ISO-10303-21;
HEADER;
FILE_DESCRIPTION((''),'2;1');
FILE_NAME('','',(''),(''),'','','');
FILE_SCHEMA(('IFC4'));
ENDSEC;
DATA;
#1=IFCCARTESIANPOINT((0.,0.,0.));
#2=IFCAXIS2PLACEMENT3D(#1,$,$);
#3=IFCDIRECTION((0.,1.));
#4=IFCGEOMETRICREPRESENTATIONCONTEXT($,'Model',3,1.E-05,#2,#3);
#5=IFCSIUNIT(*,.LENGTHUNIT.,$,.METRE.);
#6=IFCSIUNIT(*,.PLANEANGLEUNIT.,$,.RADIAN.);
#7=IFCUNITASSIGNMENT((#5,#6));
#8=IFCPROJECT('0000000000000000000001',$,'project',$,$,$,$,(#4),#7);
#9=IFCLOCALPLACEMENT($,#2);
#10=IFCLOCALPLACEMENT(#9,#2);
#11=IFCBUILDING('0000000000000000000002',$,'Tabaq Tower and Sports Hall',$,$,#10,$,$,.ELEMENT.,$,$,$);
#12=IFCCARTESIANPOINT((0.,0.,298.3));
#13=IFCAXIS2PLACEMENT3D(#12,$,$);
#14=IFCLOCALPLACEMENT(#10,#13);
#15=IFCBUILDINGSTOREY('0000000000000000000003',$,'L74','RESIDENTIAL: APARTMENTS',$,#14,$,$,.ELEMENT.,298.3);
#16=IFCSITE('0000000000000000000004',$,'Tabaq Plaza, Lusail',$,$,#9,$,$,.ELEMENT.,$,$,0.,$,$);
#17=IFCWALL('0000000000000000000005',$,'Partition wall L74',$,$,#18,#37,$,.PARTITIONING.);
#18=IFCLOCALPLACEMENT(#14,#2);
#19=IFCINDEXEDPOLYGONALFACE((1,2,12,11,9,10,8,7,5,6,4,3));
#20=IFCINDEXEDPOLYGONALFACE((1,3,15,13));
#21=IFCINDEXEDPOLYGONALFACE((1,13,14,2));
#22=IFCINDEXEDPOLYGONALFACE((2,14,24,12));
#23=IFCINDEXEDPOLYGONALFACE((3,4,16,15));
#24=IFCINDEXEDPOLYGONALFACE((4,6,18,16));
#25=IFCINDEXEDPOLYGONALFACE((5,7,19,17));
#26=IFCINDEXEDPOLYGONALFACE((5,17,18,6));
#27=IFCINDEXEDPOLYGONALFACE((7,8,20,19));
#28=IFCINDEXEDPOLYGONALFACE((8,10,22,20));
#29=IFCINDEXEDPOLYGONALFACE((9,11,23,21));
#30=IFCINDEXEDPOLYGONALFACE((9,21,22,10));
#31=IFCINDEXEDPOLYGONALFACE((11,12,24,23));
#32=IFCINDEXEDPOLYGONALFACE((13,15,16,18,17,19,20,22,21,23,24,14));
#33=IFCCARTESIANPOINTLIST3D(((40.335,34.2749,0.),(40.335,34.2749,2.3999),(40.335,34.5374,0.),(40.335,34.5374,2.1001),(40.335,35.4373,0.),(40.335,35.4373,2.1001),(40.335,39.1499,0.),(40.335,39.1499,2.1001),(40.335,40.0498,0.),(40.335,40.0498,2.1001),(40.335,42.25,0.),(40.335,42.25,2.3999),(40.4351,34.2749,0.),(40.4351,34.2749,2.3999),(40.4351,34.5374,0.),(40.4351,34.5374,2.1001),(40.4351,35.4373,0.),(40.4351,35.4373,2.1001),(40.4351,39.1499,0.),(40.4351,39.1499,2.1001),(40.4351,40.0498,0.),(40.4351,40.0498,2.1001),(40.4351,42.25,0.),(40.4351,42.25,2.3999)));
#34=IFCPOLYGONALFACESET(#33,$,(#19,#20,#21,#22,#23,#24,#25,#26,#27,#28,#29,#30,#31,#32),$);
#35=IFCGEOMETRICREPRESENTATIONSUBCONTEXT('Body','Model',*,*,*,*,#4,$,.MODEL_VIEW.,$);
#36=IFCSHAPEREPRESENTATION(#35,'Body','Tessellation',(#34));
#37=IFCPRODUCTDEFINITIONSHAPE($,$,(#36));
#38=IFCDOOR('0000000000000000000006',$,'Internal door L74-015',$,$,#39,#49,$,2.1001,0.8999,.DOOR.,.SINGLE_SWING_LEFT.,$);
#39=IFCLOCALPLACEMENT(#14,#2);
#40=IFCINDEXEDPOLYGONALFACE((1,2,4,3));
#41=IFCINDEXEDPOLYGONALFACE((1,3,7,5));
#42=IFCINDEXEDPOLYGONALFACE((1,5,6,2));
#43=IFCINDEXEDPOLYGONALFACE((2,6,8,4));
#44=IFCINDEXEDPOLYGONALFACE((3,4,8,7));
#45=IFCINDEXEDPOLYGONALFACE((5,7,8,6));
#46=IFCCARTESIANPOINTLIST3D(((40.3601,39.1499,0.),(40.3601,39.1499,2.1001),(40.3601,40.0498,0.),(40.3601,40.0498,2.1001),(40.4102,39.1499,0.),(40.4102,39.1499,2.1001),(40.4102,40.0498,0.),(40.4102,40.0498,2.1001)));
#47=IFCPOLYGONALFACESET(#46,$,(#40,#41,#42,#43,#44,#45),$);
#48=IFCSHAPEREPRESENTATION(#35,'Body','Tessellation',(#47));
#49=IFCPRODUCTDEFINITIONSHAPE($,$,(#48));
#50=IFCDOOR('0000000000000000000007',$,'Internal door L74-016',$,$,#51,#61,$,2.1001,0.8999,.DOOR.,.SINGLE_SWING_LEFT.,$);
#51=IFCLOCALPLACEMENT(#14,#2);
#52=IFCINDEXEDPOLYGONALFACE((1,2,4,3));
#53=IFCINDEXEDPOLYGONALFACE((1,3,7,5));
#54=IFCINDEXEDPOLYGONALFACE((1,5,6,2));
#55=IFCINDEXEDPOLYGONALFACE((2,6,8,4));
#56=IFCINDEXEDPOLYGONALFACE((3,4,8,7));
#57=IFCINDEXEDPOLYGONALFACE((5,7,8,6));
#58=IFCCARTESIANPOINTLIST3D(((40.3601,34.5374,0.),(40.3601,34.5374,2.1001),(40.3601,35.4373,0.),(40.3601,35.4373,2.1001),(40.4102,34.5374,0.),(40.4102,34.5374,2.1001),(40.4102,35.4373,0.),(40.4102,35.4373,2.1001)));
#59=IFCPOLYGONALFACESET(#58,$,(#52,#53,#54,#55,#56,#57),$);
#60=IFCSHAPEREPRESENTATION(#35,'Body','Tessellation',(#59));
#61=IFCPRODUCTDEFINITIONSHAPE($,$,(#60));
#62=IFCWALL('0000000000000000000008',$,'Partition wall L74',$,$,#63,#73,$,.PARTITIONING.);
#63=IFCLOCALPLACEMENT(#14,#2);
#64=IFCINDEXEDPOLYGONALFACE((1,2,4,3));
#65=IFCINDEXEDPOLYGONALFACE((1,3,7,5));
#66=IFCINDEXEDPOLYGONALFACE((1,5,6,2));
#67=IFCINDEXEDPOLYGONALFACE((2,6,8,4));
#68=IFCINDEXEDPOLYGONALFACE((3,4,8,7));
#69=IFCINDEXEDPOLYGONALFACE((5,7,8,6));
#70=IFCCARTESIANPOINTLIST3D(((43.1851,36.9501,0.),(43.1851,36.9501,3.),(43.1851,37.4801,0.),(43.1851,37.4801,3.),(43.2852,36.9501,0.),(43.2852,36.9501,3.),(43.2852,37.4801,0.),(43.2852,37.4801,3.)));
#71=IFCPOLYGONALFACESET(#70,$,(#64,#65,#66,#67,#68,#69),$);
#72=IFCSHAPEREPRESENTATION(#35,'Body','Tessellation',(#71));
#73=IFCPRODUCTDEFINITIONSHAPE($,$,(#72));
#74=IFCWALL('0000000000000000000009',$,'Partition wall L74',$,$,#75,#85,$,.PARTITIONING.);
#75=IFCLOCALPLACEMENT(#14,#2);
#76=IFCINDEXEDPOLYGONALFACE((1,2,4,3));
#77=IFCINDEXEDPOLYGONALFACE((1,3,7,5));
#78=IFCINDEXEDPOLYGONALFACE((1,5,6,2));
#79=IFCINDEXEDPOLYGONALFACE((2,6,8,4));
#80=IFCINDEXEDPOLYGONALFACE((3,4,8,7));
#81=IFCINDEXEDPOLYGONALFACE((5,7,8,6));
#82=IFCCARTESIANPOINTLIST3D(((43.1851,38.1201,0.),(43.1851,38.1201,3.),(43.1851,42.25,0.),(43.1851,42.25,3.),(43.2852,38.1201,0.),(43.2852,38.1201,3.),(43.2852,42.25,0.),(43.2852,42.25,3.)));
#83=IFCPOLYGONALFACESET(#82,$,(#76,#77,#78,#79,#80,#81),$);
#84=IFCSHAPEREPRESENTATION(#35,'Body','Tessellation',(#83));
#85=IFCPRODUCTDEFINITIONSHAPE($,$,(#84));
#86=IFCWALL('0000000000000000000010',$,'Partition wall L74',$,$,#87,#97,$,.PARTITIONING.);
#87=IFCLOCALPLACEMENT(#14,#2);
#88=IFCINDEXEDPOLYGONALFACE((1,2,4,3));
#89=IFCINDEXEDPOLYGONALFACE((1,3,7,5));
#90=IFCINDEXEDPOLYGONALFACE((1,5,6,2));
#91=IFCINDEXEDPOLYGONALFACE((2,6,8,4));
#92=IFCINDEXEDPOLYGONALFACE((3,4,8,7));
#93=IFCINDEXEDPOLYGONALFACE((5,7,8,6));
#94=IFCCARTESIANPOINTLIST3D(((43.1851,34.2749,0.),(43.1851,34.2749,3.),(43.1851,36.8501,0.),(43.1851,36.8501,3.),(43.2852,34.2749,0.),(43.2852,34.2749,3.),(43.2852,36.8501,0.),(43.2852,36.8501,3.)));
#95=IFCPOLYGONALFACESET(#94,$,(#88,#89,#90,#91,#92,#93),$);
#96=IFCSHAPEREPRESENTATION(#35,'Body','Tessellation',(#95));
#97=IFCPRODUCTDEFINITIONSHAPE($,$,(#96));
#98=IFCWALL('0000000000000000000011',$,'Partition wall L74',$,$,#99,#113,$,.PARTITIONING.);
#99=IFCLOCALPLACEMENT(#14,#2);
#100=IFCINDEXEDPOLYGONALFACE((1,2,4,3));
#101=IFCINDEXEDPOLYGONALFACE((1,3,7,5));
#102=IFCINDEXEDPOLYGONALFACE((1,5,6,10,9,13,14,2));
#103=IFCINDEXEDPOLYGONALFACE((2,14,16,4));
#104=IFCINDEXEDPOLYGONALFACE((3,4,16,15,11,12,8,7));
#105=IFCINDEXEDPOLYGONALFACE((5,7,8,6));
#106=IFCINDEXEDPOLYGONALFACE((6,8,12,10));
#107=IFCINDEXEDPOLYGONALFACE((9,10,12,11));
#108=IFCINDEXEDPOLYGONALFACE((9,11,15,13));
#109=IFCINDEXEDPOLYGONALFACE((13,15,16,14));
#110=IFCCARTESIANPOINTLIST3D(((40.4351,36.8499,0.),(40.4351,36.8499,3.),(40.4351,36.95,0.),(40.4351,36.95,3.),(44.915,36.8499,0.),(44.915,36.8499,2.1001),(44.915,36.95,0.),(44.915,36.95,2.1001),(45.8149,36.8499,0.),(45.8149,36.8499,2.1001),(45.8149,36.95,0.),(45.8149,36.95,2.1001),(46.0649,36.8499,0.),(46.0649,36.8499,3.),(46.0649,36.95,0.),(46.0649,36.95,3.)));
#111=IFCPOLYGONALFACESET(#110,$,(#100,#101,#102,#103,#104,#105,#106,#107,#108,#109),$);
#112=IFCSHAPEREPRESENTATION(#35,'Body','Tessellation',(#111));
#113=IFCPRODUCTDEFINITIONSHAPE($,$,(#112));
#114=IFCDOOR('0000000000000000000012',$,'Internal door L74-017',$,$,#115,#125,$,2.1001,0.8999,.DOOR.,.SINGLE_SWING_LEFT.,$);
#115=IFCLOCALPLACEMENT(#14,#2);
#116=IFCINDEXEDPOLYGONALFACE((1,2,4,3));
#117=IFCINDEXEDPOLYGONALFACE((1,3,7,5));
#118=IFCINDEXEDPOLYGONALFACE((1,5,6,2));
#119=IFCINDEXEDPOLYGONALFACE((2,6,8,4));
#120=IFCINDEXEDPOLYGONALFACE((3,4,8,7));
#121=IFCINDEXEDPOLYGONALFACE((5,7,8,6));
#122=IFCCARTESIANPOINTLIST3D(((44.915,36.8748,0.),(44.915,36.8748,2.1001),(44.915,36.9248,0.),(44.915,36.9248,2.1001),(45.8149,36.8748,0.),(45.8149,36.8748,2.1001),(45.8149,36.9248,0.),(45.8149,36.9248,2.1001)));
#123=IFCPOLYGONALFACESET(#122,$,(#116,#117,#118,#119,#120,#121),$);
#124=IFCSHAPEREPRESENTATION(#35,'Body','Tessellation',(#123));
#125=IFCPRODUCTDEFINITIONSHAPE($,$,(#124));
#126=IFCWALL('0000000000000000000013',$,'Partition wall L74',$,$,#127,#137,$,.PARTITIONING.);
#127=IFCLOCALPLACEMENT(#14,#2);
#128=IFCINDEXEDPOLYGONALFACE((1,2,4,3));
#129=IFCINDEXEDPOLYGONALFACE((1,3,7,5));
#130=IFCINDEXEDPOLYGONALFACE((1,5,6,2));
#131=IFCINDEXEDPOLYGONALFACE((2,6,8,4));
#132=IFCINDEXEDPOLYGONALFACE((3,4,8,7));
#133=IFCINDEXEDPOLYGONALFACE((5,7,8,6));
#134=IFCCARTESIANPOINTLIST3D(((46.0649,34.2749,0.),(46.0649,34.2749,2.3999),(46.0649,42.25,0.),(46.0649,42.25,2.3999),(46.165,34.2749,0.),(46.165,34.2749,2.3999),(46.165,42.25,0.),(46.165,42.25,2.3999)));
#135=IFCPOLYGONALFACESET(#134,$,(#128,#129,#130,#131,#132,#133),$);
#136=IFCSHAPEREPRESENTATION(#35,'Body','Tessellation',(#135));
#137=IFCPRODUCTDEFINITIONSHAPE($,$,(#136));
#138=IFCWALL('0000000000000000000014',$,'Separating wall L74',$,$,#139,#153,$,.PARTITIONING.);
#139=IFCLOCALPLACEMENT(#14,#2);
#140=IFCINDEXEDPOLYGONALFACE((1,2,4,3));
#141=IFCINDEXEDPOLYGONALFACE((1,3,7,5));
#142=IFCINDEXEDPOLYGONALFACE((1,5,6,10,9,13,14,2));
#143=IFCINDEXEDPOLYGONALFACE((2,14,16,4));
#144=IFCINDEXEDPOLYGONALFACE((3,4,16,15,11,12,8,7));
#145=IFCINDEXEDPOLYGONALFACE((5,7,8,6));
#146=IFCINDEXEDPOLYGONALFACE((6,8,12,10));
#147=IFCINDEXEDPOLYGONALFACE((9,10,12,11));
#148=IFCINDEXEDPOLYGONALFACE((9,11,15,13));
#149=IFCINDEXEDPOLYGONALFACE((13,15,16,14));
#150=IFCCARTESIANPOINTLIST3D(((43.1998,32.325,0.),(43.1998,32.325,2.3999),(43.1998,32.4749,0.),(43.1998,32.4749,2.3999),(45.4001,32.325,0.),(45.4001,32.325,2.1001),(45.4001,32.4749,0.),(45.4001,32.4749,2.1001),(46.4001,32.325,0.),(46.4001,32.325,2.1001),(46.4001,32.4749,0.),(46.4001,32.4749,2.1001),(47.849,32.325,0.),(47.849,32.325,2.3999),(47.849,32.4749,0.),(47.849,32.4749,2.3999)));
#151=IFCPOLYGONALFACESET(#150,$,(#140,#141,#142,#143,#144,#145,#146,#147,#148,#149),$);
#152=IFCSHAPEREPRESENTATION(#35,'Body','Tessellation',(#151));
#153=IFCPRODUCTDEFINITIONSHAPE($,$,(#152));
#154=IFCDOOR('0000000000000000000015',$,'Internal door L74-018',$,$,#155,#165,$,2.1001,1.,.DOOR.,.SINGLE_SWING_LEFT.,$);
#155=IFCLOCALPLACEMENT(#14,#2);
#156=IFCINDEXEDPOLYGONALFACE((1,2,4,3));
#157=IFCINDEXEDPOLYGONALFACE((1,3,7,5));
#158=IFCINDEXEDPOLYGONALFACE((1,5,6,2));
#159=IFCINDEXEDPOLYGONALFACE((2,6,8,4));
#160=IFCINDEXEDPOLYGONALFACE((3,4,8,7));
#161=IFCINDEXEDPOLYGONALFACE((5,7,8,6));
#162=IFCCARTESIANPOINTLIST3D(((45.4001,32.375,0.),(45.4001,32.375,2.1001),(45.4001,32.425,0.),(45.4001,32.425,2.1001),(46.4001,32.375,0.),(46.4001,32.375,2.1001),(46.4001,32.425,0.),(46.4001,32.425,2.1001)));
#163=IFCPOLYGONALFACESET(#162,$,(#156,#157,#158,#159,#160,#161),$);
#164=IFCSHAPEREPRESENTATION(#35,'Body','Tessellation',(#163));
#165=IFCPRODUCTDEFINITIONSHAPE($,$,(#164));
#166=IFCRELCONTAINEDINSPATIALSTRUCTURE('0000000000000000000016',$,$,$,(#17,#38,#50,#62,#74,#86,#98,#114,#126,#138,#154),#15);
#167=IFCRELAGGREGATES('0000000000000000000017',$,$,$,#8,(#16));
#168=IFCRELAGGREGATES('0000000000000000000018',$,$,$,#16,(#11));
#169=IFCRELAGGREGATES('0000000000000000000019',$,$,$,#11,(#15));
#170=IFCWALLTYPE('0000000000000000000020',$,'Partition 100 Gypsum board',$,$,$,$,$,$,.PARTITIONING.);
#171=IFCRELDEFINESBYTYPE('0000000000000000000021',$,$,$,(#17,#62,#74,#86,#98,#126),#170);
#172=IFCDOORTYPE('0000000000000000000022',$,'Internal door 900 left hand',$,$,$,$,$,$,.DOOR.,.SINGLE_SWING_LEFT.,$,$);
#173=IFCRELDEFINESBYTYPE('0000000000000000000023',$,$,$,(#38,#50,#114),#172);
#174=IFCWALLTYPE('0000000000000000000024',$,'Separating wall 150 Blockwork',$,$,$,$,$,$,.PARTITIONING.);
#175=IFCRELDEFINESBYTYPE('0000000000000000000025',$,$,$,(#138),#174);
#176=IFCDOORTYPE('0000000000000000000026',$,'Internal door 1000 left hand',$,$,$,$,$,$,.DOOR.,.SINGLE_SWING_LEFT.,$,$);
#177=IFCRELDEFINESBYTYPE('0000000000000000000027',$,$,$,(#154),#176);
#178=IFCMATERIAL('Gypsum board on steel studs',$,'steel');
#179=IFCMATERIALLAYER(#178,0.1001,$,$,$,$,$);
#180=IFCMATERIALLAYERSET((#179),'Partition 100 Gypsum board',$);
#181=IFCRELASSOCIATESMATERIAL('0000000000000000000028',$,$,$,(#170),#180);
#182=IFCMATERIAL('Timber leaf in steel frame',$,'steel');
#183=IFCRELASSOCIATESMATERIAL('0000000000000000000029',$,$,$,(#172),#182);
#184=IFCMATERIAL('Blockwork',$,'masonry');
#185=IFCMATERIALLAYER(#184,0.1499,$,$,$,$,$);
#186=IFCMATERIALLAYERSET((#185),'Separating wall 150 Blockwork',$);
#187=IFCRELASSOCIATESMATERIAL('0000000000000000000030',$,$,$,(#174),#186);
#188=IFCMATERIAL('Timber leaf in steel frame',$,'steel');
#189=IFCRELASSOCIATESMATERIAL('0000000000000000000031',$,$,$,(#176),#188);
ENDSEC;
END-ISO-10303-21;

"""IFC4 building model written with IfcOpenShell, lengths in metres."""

from ifc_helpers import new_model, si_unit, direction, frame, frame_2d, origin, place, context, subcontext, project, spatial, rectangle, extrude, material, layer, layer_set, type_object, element, fill, save


model = new_model("IFC4")

# Units and contexts
model_context = context("Model", 3, precision=1e-05, world=origin(), true_north=direction((0.0, 1.0)))
body_context = subcontext(model_context, "Body", "Model", "MODEL_VIEW")
ifc_project = project(units=[si_unit("LENGTHUNIT", "METRE"), si_unit("PLANEANGLEUNIT", "RADIAN")], contexts=[model_context])

# Site, building, storey
site_placement = place(None, origin())
site = spatial("IfcSite", under=ifc_project, at=site_placement, Name="Tabaq Plaza, Lusail", CompositionType="ELEMENT", RefElevation=0.0)
building_placement = place(site_placement, origin())
building = spatial("IfcBuilding", under=site, at=building_placement, Name="Tabaq Tower and Sports Hall", CompositionType="ELEMENT")
storey_placement = place(building_placement, frame((0.0, 0.0, 298.3)))
storey = spatial("IfcBuildingStorey", under=building, at=storey_placement, Name="L74", Description="RESIDENTIAL: APARTMENTS", CompositionType="ELEMENT", Elevation=298.3)

# Shared definitions
ifc_material_1 = material(Name="Gypsum board on steel studs", Category="steel")
ifc_layer_1 = layer(ifc_material_1, 0.1001)
ifc_layer_set_1 = layer_set([ifc_layer_1], Name="Partition 100 Gypsum board")
wall_type_1 = type_object("IfcWallType", Name="Partition 100 Gypsum board", PredefinedType="PARTITIONING", material=ifc_layer_set_1)
ifc_material_2 = material(Name="Timber leaf in steel frame", Category="steel")
door_type_1 = type_object("IfcDoorType", Name="Internal door 900 left hand", OperationType="SINGLE_SWING_LEFT", PredefinedType="DOOR", material=ifc_material_2)

# Wall, openings, doors
wall_1_placement = place(storey_placement, frame((40.385, 34.2749, 0.0), z_axis=(0.0, 0.0, 1.0), x_axis=(0.0, 1.0, 0.0)))
wall_1 = element("IfcWall", 1, at=wall_1_placement, inside=storey, type_object=wall_type_1, Name="Partition wall L74", PredefinedType="PARTITIONING", context=body_context, shape_type="SweptSolid", body=[
    extrude(rectangle(XDim=7.9751, YDim=0.1001, at=frame_2d((3.9875, 0.0))), origin(), (0.0, 0.0, 1.0), 2.3999),
])
opening_1_placement = place(wall_1_placement, frame((4.875, 0.0, 0.0)))
opening_1 = element("IfcOpeningElement", 2, at=opening_1_placement, cuts=wall_1, PredefinedType="OPENING", context=body_context, shape_type="SweptSolid", body=[
    extrude(rectangle(XDim=0.8999, YDim=2.1001, at=frame_2d((0.45, 1.05))), frame((0.0, 0.05, 0.0), z_axis=(0.0, -1.0, 0.0), x_axis=(1.0, 0.0, 0.0)), (0.0, 0.0, 1.0), 0.1001),
])
opening_2_placement = place(wall_1_placement, frame((0.2625, 0.0, 0.0)))
opening_2 = element("IfcOpeningElement", 3, at=opening_2_placement, cuts=wall_1, PredefinedType="OPENING", context=body_context, shape_type="SweptSolid", body=[
    extrude(rectangle(XDim=0.8999, YDim=2.1001, at=frame_2d((0.45, 1.05))), frame((0.0, 0.05, 0.0), z_axis=(0.0, -1.0, 0.0), x_axis=(1.0, 0.0, 0.0)), (0.0, 0.0, 1.0), 0.1001),
])
door_1_placement = place(opening_1_placement, origin())
door_1 = element("IfcDoor", 4, at=door_1_placement, inside=storey, type_object=door_type_1, Name="Internal door L74-015", OperationType="SINGLE_SWING_LEFT", OverallHeight=2.1001, OverallWidth=0.8999, PredefinedType="DOOR", context=body_context, shape_type="SweptSolid", body=[
    extrude(rectangle(XDim=0.8999, YDim=2.1001, at=frame_2d((0.45, 1.05))), frame((0.0, 0.0249, 0.0), z_axis=(0.0, -1.0, 0.0), x_axis=(1.0, 0.0, 0.0)), (0.0, 0.0, 1.0), 0.05),
])
fill(opening_1, door_1)
door_2_placement = place(opening_2_placement, origin())
door_2 = element("IfcDoor", 5, at=door_2_placement, inside=storey, type_object=door_type_1, Name="Internal door L74-016", OperationType="SINGLE_SWING_LEFT", OverallHeight=2.1001, OverallWidth=0.8999, PredefinedType="DOOR", context=body_context, shape_type="SweptSolid", body=[
    extrude(rectangle(XDim=0.8999, YDim=2.1001, at=frame_2d((0.45, 1.05))), frame((0.0, 0.0249, 0.0), z_axis=(0.0, -1.0, 0.0), x_axis=(1.0, 0.0, 0.0)), (0.0, 0.0, 1.0), 0.05),
])
fill(opening_2, door_2)

# Walls
wall_2_placement = place(storey_placement, frame((43.2351, 36.95, 0.0), z_axis=(0.0, 0.0, 1.0), x_axis=(0.0, 1.0, 0.0)))
element("IfcWall", 6, at=wall_2_placement, inside=storey, type_object=wall_type_1, Name="Partition wall L74", PredefinedType="PARTITIONING", context=body_context, shape_type="SweptSolid", body=[
    extrude(rectangle(XDim=0.53, YDim=0.1001, at=frame_2d((0.2651, 0.0))), origin(), (0.0, 0.0, 1.0), 3.0),
])
wall_3_placement = place(storey_placement, frame((43.2351, 38.1201, 0.0), z_axis=(0.0, 0.0, 1.0), x_axis=(0.0, 1.0, 0.0)))
element("IfcWall", 7, at=wall_3_placement, inside=storey, type_object=wall_type_1, Name="Partition wall L74", PredefinedType="PARTITIONING", context=body_context, shape_type="SweptSolid", body=[
    extrude(rectangle(XDim=4.1299, YDim=0.1001, at=frame_2d((2.0649, 0.0))), origin(), (0.0, 0.0, 1.0), 3.0),
])
wall_4_placement = place(storey_placement, frame((43.2351, 34.2749, 0.0), z_axis=(0.0, 0.0, 1.0), x_axis=(0.0, 1.0, 0.0)))
element("IfcWall", 8, at=wall_4_placement, inside=storey, type_object=wall_type_1, Name="Partition wall L74", PredefinedType="PARTITIONING", context=body_context, shape_type="SweptSolid", body=[
    extrude(rectangle(XDim=2.5752, YDim=0.1001, at=frame_2d((1.2876, 0.0))), origin(), (0.0, 0.0, 1.0), 3.0),
])

# Wall, opening, door
wall_5_placement = place(storey_placement, frame((40.4351, 36.8999, 0.0), z_axis=(0.0, 0.0, 1.0), x_axis=(1.0, 0.0, 0.0)))
wall_5 = element("IfcWall", 9, at=wall_5_placement, inside=storey, type_object=wall_type_1, Name="Partition wall L74", PredefinedType="PARTITIONING", context=body_context, shape_type="SweptSolid", body=[
    extrude(rectangle(XDim=5.6299, YDim=0.1001, at=frame_2d((2.8149, 0.0))), origin(), (0.0, 0.0, 1.0), 3.0),
])
opening_3_placement = place(wall_5_placement, frame((4.48, 0.0, 0.0)))
opening_3 = element("IfcOpeningElement", 10, at=opening_3_placement, cuts=wall_5, PredefinedType="OPENING", context=body_context, shape_type="SweptSolid", body=[
    extrude(rectangle(XDim=0.8999, YDim=2.1001, at=frame_2d((0.45, 1.05))), frame((0.0, 0.05, 0.0), z_axis=(0.0, -1.0, 0.0), x_axis=(1.0, 0.0, 0.0)), (0.0, 0.0, 1.0), 0.1001),
])
door_3_placement = place(opening_3_placement, origin())
door_3 = element("IfcDoor", 11, at=door_3_placement, inside=storey, type_object=door_type_1, Name="Internal door L74-017", OperationType="SINGLE_SWING_LEFT", OverallHeight=2.1001, OverallWidth=0.8999, PredefinedType="DOOR", context=body_context, shape_type="SweptSolid", body=[
    extrude(rectangle(XDim=0.8999, YDim=2.1001, at=frame_2d((0.45, 1.05))), frame((0.0, 0.0249, 0.0), z_axis=(0.0, -1.0, 0.0), x_axis=(1.0, 0.0, 0.0)), (0.0, 0.0, 1.0), 0.05),
])
fill(opening_3, door_3)

# Wall
wall_6_placement = place(storey_placement, frame((46.115, 34.2749, 0.0), z_axis=(0.0, 0.0, 1.0), x_axis=(0.0, 1.0, 0.0)))
element("IfcWall", 12, at=wall_6_placement, inside=storey, type_object=wall_type_1, Name="Partition wall L74", PredefinedType="PARTITIONING", context=body_context, shape_type="SweptSolid", body=[
    extrude(rectangle(XDim=7.9751, YDim=0.1001, at=frame_2d((3.9875, 0.0))), origin(), (0.0, 0.0, 1.0), 2.3999),
])

# Wall, opening, door
ifc_material_3 = material(Name="Blockwork", Category="masonry")
ifc_layer_2 = layer(ifc_material_3, 0.1499)
ifc_layer_set_2 = layer_set([ifc_layer_2], Name="Separating wall 150 Blockwork")
wall_type_2 = type_object("IfcWallType", Name="Separating wall 150 Blockwork", PredefinedType="PARTITIONING", material=ifc_layer_set_2)
wall_7_placement = place(storey_placement, frame((47.8491, 32.3999, 0.0), z_axis=(0.0, 0.0, 1.0), x_axis=(-1.0, 0.0, 0.0)))
wall_7 = element("IfcWall", 13, at=wall_7_placement, inside=storey, type_object=wall_type_2, Name="Separating wall L74", PredefinedType="PARTITIONING", context=body_context, shape_type="SweptSolid", body=[
    extrude(rectangle(XDim=4.6492, YDim=0.1499, at=frame_2d((2.3247, 0.0))), origin(), (0.0, 0.0, 1.0), 2.3999),
])
opening_4_placement = place(wall_7_placement, frame((1.449, 0.0, 0.0)))
opening_4 = element("IfcOpeningElement", 14, at=opening_4_placement, cuts=wall_7, PredefinedType="OPENING", context=body_context, shape_type="SweptSolid", body=[
    extrude(rectangle(XDim=1.0, YDim=2.1001, at=frame_2d((0.5, 1.05))), frame((0.0, 0.075, 0.0), z_axis=(0.0, -1.0, 0.0), x_axis=(1.0, 0.0, 0.0)), (0.0, 0.0, 1.0), 0.1499),
])
ifc_material_4 = material(Name="Timber leaf in steel frame", Category="steel")
door_type_2 = type_object("IfcDoorType", Name="Internal door 1000 left hand", OperationType="SINGLE_SWING_LEFT", PredefinedType="DOOR", material=ifc_material_4)
door_4_placement = place(opening_4_placement, origin())
door_4 = element("IfcDoor", 15, at=door_4_placement, inside=storey, type_object=door_type_2, Name="Internal door L74-018", OperationType="SINGLE_SWING_LEFT", OverallHeight=2.1001, OverallWidth=1.0, PredefinedType="DOOR", context=body_context, shape_type="SweptSolid", body=[
    extrude(rectangle(XDim=1.0, YDim=2.1001, at=frame_2d((0.5, 1.05))), frame((0.0, 0.0249, 0.0), z_axis=(0.0, -1.0, 0.0), x_axis=(1.0, 0.0, 0.0)), (0.0, 0.0, 1.0), 0.05),
])
fill(opening_4, door_4)

save(model, "model.ifc")
